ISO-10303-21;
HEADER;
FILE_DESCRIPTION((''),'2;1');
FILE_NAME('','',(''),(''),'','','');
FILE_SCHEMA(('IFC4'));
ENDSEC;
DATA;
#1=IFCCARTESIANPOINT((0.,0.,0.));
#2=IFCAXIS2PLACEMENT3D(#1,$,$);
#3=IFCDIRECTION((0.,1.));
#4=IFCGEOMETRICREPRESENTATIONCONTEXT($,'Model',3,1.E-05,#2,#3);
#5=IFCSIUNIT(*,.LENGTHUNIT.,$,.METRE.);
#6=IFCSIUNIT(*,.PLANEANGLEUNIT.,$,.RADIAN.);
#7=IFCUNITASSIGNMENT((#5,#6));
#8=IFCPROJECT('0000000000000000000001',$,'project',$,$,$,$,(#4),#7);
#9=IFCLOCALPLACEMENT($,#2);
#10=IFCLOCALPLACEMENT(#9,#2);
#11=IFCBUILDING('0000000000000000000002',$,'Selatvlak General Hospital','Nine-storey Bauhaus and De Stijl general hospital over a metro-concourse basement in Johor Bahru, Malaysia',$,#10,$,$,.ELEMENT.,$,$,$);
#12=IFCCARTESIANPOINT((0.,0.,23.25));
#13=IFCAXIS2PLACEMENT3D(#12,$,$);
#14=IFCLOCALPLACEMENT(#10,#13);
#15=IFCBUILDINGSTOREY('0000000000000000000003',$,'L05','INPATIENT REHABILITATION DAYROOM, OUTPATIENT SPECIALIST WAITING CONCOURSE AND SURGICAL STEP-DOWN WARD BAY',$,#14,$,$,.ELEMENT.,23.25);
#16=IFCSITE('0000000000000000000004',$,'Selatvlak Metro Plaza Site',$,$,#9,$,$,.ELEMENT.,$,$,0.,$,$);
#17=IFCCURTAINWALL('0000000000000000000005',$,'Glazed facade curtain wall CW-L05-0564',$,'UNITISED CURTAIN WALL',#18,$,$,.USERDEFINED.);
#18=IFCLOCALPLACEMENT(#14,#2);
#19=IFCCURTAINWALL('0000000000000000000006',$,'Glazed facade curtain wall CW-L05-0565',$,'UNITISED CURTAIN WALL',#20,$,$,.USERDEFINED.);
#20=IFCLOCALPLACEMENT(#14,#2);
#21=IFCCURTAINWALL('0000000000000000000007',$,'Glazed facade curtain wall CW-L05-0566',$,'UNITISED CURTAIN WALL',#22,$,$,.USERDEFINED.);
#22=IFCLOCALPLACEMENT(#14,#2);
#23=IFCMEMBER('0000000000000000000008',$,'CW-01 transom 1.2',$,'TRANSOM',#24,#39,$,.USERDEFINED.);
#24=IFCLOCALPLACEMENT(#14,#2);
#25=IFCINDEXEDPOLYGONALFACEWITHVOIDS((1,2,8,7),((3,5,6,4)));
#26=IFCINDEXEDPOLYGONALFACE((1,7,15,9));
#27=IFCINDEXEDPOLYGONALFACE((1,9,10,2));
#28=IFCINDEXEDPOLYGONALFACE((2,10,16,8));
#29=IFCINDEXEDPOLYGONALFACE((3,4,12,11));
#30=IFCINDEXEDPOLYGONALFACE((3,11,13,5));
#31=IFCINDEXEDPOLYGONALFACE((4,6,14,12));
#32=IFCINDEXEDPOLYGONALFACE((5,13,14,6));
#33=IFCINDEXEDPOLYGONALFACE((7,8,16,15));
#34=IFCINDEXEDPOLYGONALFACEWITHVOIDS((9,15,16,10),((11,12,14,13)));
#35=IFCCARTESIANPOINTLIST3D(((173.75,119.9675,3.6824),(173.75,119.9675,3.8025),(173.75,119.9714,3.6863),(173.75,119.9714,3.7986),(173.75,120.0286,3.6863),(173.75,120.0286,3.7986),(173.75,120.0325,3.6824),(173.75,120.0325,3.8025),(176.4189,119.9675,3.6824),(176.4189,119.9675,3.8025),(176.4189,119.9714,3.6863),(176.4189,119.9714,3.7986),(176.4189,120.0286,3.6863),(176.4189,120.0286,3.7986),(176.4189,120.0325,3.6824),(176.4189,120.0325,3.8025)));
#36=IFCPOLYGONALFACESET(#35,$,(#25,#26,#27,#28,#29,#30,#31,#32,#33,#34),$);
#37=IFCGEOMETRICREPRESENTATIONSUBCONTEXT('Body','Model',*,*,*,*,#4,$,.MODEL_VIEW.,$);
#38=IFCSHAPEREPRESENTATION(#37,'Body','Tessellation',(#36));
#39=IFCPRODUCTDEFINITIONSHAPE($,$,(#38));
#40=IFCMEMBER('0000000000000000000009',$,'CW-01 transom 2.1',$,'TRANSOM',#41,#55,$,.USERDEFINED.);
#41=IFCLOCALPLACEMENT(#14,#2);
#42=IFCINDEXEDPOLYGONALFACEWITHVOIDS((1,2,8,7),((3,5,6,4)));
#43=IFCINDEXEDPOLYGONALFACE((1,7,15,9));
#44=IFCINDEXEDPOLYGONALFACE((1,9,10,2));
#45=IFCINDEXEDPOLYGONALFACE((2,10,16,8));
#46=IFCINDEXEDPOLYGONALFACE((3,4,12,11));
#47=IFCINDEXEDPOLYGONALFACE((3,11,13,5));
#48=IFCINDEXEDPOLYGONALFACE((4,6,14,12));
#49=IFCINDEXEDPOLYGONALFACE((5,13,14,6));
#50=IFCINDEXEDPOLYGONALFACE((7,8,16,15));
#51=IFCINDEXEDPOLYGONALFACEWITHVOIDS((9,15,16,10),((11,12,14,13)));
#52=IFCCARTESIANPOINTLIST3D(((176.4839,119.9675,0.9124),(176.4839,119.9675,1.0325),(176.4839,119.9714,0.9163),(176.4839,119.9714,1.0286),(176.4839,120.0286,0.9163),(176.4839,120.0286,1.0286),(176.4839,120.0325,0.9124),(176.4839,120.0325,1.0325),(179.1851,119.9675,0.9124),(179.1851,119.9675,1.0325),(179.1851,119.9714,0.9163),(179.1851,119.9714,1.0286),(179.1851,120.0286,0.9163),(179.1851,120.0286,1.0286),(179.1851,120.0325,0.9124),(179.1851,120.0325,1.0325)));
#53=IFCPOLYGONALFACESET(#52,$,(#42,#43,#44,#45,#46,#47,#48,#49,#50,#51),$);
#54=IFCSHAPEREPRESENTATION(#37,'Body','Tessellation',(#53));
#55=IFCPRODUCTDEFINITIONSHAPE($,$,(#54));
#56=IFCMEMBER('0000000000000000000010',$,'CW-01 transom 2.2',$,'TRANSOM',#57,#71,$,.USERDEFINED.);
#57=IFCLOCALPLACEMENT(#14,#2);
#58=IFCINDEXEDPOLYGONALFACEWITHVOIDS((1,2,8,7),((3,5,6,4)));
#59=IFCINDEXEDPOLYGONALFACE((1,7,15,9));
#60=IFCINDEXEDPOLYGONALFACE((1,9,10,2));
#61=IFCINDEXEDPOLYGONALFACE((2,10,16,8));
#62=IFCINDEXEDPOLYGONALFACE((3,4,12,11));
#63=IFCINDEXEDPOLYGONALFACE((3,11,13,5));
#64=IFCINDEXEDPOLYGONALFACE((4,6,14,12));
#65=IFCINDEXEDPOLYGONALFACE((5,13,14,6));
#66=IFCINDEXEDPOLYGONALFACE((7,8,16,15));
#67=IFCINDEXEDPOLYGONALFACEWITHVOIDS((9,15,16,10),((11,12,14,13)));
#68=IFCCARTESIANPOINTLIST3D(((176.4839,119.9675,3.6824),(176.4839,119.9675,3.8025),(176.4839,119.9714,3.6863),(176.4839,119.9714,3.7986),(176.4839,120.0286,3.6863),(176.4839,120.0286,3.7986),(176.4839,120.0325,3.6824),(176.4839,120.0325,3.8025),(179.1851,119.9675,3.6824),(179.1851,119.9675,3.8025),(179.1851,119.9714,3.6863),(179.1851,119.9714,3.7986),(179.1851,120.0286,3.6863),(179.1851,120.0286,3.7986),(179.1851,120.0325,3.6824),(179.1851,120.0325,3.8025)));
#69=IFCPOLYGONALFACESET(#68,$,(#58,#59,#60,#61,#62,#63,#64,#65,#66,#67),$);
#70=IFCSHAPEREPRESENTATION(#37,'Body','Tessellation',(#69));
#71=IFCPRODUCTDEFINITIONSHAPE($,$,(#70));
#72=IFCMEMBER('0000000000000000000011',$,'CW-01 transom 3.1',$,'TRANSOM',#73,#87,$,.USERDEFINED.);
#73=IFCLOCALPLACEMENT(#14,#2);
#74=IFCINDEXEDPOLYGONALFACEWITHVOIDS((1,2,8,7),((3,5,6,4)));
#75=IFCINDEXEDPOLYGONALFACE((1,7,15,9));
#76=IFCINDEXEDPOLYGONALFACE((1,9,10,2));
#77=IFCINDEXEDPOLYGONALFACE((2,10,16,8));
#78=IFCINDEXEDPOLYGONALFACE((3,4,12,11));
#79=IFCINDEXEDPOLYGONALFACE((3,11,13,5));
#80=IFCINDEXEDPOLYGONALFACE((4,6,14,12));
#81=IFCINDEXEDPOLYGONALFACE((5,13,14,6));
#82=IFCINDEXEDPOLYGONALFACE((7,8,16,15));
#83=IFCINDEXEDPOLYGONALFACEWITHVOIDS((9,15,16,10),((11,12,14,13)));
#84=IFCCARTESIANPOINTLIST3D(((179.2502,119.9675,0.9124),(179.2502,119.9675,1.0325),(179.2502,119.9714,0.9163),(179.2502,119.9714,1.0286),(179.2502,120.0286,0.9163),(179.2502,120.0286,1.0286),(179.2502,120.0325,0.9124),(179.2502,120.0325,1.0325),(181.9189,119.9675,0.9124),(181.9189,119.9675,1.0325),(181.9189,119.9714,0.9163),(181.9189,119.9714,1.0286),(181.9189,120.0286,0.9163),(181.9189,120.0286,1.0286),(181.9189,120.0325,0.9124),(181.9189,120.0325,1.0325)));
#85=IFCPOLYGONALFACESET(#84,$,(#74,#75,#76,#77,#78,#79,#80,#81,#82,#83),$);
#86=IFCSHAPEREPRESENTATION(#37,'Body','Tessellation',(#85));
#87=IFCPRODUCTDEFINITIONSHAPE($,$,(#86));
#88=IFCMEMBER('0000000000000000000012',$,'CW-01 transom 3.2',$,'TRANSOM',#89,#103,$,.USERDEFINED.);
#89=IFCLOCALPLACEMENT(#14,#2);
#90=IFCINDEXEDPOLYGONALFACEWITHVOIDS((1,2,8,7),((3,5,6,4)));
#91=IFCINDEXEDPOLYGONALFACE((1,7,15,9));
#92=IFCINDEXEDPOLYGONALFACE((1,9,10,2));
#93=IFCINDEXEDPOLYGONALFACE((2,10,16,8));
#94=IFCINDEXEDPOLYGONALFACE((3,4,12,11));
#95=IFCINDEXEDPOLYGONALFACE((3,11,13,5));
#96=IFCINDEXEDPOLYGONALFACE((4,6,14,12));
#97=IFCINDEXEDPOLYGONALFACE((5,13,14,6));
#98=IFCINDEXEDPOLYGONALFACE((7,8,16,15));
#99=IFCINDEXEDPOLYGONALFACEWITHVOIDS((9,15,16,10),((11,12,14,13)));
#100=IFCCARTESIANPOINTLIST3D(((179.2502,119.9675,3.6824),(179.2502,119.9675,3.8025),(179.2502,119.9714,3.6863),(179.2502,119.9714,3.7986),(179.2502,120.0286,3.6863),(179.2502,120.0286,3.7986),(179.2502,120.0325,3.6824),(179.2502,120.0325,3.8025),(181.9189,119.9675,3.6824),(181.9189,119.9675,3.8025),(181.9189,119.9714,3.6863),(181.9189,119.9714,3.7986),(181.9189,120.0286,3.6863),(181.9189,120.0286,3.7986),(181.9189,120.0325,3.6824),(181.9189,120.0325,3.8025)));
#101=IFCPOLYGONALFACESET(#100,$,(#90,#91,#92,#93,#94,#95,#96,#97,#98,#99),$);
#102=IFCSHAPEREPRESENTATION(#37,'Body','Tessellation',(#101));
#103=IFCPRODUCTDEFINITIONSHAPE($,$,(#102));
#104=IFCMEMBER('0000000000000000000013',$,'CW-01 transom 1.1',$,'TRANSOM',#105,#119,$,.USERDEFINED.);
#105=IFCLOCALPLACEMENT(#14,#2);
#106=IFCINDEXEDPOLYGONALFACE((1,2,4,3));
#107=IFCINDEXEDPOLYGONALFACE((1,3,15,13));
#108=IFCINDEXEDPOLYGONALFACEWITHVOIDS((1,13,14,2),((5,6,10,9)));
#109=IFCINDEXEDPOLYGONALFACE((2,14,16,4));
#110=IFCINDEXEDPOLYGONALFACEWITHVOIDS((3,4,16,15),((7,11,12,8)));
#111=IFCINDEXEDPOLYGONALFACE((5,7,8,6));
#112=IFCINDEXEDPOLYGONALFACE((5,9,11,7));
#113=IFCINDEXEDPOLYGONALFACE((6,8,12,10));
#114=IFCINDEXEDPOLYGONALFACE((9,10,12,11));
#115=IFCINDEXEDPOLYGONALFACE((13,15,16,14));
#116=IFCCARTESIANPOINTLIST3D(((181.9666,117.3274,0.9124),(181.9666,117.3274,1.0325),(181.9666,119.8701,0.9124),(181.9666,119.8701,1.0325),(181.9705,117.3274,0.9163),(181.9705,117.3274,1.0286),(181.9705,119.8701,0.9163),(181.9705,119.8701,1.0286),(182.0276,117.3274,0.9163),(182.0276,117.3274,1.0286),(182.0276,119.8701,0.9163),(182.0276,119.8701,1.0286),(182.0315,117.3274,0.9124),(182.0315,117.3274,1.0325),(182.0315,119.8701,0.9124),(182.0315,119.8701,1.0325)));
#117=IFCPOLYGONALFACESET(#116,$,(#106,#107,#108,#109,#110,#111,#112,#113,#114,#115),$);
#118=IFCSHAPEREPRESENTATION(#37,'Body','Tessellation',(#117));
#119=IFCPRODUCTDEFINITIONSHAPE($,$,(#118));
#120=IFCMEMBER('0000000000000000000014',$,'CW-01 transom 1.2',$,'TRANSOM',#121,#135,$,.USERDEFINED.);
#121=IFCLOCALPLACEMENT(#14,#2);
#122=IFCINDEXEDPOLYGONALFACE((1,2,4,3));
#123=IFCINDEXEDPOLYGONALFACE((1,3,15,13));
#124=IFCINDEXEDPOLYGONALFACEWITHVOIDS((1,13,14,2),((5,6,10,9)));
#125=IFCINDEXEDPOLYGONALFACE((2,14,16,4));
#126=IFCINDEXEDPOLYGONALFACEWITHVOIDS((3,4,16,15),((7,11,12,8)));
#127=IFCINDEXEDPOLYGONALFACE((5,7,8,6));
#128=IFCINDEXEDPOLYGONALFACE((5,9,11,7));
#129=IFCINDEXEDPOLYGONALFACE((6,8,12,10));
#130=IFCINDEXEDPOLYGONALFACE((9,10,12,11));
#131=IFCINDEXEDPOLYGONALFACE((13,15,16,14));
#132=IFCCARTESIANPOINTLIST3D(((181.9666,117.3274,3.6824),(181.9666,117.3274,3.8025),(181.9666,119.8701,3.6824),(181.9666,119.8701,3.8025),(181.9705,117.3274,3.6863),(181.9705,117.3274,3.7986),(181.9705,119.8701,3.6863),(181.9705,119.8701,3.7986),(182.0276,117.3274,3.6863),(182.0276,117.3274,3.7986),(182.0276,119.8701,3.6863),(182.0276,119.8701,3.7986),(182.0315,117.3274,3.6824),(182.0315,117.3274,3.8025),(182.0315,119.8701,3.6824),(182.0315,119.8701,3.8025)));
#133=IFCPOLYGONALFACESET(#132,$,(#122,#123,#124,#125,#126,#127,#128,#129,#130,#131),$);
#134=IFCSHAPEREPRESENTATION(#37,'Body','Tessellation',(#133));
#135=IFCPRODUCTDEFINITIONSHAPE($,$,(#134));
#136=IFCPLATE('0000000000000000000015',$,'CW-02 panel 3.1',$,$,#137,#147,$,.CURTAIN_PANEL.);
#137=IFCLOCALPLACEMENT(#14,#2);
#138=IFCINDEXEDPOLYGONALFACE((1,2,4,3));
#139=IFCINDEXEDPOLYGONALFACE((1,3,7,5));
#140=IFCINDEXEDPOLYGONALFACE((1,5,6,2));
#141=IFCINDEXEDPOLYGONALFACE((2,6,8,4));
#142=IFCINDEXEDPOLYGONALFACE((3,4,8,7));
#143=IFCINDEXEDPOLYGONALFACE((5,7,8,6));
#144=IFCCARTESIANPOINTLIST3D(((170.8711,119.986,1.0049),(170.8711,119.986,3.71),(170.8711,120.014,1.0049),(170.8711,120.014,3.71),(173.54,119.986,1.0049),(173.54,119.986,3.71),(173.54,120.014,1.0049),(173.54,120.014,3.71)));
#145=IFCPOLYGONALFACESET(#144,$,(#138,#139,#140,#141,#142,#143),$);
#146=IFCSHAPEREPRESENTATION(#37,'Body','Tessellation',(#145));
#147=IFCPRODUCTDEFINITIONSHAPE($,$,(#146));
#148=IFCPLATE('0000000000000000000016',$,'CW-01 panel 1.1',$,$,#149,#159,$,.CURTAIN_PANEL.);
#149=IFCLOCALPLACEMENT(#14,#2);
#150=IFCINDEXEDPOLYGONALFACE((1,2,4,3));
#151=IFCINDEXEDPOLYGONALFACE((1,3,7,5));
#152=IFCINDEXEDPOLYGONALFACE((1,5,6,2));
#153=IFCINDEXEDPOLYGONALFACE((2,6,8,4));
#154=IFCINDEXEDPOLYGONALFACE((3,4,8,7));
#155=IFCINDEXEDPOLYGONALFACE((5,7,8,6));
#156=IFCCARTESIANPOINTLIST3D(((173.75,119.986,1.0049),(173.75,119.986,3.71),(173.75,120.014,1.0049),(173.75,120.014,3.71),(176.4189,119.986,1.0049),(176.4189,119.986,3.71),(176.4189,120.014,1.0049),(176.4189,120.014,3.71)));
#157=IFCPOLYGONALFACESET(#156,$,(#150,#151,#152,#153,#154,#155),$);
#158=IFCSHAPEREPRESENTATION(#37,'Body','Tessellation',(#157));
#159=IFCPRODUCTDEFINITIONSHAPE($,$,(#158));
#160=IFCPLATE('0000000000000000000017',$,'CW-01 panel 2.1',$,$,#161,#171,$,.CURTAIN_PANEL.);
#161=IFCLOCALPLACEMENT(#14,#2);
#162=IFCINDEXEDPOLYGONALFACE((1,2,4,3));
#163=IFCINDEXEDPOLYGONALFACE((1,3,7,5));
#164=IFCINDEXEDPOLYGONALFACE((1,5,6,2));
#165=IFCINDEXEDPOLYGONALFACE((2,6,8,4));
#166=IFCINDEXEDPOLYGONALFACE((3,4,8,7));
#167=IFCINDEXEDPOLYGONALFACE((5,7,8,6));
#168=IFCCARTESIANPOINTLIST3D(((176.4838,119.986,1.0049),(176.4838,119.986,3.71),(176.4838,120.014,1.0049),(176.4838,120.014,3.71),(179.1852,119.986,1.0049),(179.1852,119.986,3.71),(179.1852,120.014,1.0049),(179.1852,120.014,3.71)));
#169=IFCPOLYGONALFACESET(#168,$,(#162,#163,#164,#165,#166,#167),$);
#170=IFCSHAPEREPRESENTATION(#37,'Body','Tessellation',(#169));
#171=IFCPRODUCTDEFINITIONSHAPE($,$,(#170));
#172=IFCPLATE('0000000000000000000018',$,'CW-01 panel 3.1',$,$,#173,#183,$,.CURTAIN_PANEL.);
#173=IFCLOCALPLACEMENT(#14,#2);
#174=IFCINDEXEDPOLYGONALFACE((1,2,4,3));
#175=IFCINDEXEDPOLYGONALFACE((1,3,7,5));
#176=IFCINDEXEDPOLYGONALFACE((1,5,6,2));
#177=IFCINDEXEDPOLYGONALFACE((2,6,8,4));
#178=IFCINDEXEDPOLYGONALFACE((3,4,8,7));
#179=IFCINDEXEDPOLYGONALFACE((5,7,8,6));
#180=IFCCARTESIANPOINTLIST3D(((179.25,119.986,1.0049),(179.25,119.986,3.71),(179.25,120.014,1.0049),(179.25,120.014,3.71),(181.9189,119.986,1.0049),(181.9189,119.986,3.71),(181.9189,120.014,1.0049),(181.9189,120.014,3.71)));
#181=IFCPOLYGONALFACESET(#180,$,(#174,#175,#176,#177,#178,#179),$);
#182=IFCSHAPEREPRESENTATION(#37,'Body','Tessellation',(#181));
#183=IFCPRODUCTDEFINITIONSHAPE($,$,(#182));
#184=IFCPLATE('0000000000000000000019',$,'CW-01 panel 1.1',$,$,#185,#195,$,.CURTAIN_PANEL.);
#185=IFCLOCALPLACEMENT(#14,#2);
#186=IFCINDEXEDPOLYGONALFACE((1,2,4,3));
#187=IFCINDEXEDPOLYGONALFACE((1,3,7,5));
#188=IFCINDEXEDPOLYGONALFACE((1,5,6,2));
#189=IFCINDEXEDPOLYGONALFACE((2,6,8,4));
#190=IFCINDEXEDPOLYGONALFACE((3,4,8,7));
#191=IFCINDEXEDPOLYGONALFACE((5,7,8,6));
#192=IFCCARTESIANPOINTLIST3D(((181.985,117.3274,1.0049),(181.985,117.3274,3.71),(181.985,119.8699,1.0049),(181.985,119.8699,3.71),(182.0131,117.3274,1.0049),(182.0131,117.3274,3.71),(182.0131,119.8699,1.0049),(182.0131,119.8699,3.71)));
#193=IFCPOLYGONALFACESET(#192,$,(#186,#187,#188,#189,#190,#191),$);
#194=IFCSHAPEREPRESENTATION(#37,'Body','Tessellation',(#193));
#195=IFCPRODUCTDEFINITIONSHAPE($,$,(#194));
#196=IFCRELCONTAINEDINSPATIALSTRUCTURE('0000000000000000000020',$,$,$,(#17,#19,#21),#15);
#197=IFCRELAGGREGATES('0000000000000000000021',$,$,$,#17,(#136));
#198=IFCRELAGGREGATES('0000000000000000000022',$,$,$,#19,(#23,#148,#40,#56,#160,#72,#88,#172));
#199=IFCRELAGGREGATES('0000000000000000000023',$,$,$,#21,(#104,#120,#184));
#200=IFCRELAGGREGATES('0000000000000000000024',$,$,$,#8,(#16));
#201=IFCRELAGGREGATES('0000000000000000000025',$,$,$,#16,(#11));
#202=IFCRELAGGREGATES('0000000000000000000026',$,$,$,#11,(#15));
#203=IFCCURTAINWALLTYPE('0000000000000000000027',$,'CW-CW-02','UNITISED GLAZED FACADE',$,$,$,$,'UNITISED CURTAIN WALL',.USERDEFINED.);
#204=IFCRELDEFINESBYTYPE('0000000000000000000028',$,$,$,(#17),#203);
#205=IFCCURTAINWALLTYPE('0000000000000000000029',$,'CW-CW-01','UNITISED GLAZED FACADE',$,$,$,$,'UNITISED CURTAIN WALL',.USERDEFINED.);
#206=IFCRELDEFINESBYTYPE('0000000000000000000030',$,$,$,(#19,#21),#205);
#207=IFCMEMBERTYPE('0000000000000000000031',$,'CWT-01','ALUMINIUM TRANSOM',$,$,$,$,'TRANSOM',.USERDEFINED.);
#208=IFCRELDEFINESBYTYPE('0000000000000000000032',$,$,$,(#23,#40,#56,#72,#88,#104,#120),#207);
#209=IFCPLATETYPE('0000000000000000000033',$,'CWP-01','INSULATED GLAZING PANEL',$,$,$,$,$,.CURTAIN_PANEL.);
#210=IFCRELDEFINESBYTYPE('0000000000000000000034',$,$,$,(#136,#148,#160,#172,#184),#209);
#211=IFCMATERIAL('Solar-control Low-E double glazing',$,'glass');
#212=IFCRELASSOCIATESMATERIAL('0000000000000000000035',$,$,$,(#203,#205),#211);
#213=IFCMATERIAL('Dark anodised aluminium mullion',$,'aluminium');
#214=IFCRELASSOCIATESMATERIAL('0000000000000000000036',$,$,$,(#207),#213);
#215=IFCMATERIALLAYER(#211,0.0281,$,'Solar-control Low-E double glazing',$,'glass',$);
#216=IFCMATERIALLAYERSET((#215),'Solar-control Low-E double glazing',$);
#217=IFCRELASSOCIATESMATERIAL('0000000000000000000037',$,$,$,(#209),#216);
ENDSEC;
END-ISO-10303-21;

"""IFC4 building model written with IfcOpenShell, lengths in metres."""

from ifc_helpers import new_model, si_unit, direction, frame, origin, origin_2d, place, context, subcontext, project, spatial, rectangle, hollow_rectangle, extrude, material, layer, layer_set, material_profile, profile_set, type_object, element, aggregate, save


model = new_model("IFC4")

# Units and contexts
model_context = context("Model", 3, precision=1e-05, world=origin(), true_north=direction((0.0, 1.0)))
body_context = subcontext(model_context, "Body", "Model", "MODEL_VIEW")
ifc_project = project(units=[si_unit("LENGTHUNIT", "METRE"), si_unit("PLANEANGLEUNIT", "RADIAN")], contexts=[model_context])

# Site, building, storey
site_placement = place(None, origin())
site = spatial("IfcSite", under=ifc_project, at=site_placement, Name="Selatvlak Metro Plaza Site", CompositionType="ELEMENT", RefElevation=0.0)
building_placement = place(site_placement, origin())
building = spatial("IfcBuilding", under=site, at=building_placement, Name="Selatvlak General Hospital", Description="Nine-storey Bauhaus and De Stijl general hospital over a metro-concourse basement in Johor Bahru, Malaysia", CompositionType="ELEMENT")
storey_placement = place(building_placement, frame((0.0, 0.0, 23.25)))
storey = spatial("IfcBuildingStorey", under=building, at=storey_placement, Name="L05", Description="INPATIENT REHABILITATION DAYROOM, OUTPATIENT SPECIALIST WAITING CONCOURSE AND SURGICAL STEP-DOWN WARD BAY", CompositionType="ELEMENT", Elevation=23.25)

# Curtain wall
ifc_material_1 = material(Name="Solar-control Low-E double glazing", Category="glass")
curtain_wall_type_1 = type_object("IfcCurtainWallType", Name="CW-CW-02", Description="UNITISED GLAZED FACADE", ElementType="UNITISED CURTAIN WALL", PredefinedType="USERDEFINED", material=ifc_material_1)
curtain_wall_1_placement = place(storey_placement, origin())
curtain_wall_1 = element("IfcCurtainWall", 1, at=curtain_wall_1_placement, inside=storey, type_object=curtain_wall_type_1, Name="Glazed facade curtain wall CW-L05-0564", ObjectType="UNITISED CURTAIN WALL", PredefinedType="USERDEFINED")
ifc_material_2 = material(Name="Dark anodised aluminium mullion", Category="aluminium")

# Curtain walls
curtain_wall_type_2 = type_object("IfcCurtainWallType", Name="CW-CW-01", Description="UNITISED GLAZED FACADE", ElementType="UNITISED CURTAIN WALL", PredefinedType="USERDEFINED", material=ifc_material_1)
curtain_wall_2_placement = place(storey_placement, origin())
curtain_wall_2 = element("IfcCurtainWall", 2, at=curtain_wall_2_placement, inside=storey, type_object=curtain_wall_type_2, Name="Glazed facade curtain wall CW-L05-0565", ObjectType="UNITISED CURTAIN WALL", PredefinedType="USERDEFINED")
curtain_wall_3_placement = place(storey_placement, origin())
curtain_wall_3 = element("IfcCurtainWall", 3, at=curtain_wall_3_placement, inside=storey, type_object=curtain_wall_type_2, Name="Glazed facade curtain wall CW-L05-0566", ObjectType="UNITISED CURTAIN WALL", PredefinedType="USERDEFINED")

# Members
ifc_material_profile_1 = material_profile(ifc_material_2, hollow_rectangle(XDim=0.0649, YDim=0.1201, WallThickness=0.0039, at=origin_2d()), Name="AL-TRN 65x120x4")
ifc_profile_set_1 = profile_set([ifc_material_profile_1], Name="Dark anodised aluminium mullion")
member_type_1 = type_object("IfcMemberType", Name="CWT-01", Description="ALUMINIUM TRANSOM", ElementType="TRANSOM", PredefinedType="USERDEFINED", material=ifc_profile_set_1)
member_1_placement = place(storey_placement, frame((173.75, 120.0, 3.7424), z_axis=(1.0, 0.0, 0.0), x_axis=(0.0, 1.0, 0.0)))
member_1 = element("IfcMember", 4, at=member_1_placement, type_object=member_type_1, Name="CW-01 transom 1.2", ObjectType="TRANSOM", PredefinedType="USERDEFINED", context=body_context, shape_type="SweptSolid", body=[
    extrude(hollow_rectangle(XDim=0.0649, YDim=0.1201, WallThickness=0.0039, at=origin_2d()), origin(), (0.0, 0.0, 1.0), 2.6689),
])
member_2_placement = place(storey_placement, frame((176.4839, 120.0, 0.9724), z_axis=(1.0, 0.0, 0.0), x_axis=(0.0, 1.0, 0.0)))
member_2 = element("IfcMember", 5, at=member_2_placement, type_object=member_type_1, Name="CW-01 transom 2.1", ObjectType="TRANSOM", PredefinedType="USERDEFINED", context=body_context, shape_type="SweptSolid", body=[
    extrude(hollow_rectangle(XDim=0.0649, YDim=0.1201, WallThickness=0.0039, at=origin_2d()), origin(), (0.0, 0.0, 1.0), 2.7012),
])
member_3_placement = place(storey_placement, frame((176.4839, 120.0, 3.7424), z_axis=(1.0, 0.0, 0.0), x_axis=(0.0, 1.0, 0.0)))
member_3 = element("IfcMember", 6, at=member_3_placement, type_object=member_type_1, Name="CW-01 transom 2.2", ObjectType="TRANSOM", PredefinedType="USERDEFINED", context=body_context, shape_type="SweptSolid", body=[
    extrude(hollow_rectangle(XDim=0.0649, YDim=0.1201, WallThickness=0.0039, at=origin_2d()), origin(), (0.0, 0.0, 1.0), 2.7012),
])
member_4_placement = place(storey_placement, frame((179.2502, 120.0, 0.9724), z_axis=(1.0, 0.0, 0.0), x_axis=(0.0, 1.0, 0.0)))
member_4 = element("IfcMember", 7, at=member_4_placement, type_object=member_type_1, Name="CW-01 transom 3.1", ObjectType="TRANSOM", PredefinedType="USERDEFINED", context=body_context, shape_type="SweptSolid", body=[
    extrude(hollow_rectangle(XDim=0.0649, YDim=0.1201, WallThickness=0.0039, at=origin_2d()), origin(), (0.0, 0.0, 1.0), 2.6687),
])
member_5_placement = place(storey_placement, frame((179.2502, 120.0, 3.7424), z_axis=(1.0, 0.0, 0.0), x_axis=(0.0, 1.0, 0.0)))
member_5 = element("IfcMember", 8, at=member_5_placement, type_object=member_type_1, Name="CW-01 transom 3.2", ObjectType="TRANSOM", PredefinedType="USERDEFINED", context=body_context, shape_type="SweptSolid", body=[
    extrude(hollow_rectangle(XDim=0.0649, YDim=0.1201, WallThickness=0.0039, at=origin_2d()), origin(), (0.0, 0.0, 1.0), 2.6687),
])
member_6_placement = place(storey_placement, frame((181.999, 119.8701, 0.9724), z_axis=(0.0, -1.0, 0.0), x_axis=(1.0, 0.0, 0.0)))
member_6 = element("IfcMember", 9, at=member_6_placement, type_object=member_type_1, Name="CW-01 transom 1.1", ObjectType="TRANSOM", PredefinedType="USERDEFINED", context=body_context, shape_type="SweptSolid", body=[
    extrude(hollow_rectangle(XDim=0.0649, YDim=0.1201, WallThickness=0.0039, at=origin_2d()), origin(), (0.0, 0.0, 1.0), 2.5427),
])
member_7_placement = place(storey_placement, frame((181.999, 119.8701, 3.7424), z_axis=(0.0, -1.0, 0.0), x_axis=(1.0, 0.0, 0.0)))
member_7 = element("IfcMember", 10, at=member_7_placement, type_object=member_type_1, Name="CW-01 transom 1.2", ObjectType="TRANSOM", PredefinedType="USERDEFINED", context=body_context, shape_type="SweptSolid", body=[
    extrude(hollow_rectangle(XDim=0.0649, YDim=0.1201, WallThickness=0.0039, at=origin_2d()), origin(), (0.0, 0.0, 1.0), 2.5427),
])

# Plates
ifc_layer_1 = layer(ifc_material_1, 0.0281, Name="Solar-control Low-E double glazing", Category="glass")
ifc_layer_set_1 = layer_set([ifc_layer_1], Name="Solar-control Low-E double glazing")
plate_type = type_object("IfcPlateType", Name="CWP-01", Description="INSULATED GLAZING PANEL", PredefinedType="CURTAIN_PANEL", material=ifc_layer_set_1)
plate_1_placement = place(storey_placement, frame((172.2056, 120.0, 1.0049), z_axis=(0.0, 0.0, 1.0), x_axis=(1.0, 0.0, 0.0)))
plate_1 = element("IfcPlate", 11, at=plate_1_placement, type_object=plate_type, Name="CW-02 panel 3.1", PredefinedType="CURTAIN_PANEL", context=body_context, shape_type="SweptSolid", body=[
    extrude(rectangle(XDim=2.6689, YDim=0.0281, at=origin_2d()), origin(), (0.0, 0.0, 1.0), 2.7051),
])
aggregate(curtain_wall_1, [plate_1])
plate_2_placement = place(storey_placement, frame((175.0845, 120.0, 1.0049), z_axis=(0.0, 0.0, 1.0), x_axis=(1.0, 0.0, 0.0)))
plate_2 = element("IfcPlate", 12, at=plate_2_placement, type_object=plate_type, Name="CW-01 panel 1.1", PredefinedType="CURTAIN_PANEL", context=body_context, shape_type="SweptSolid", body=[
    extrude(rectangle(XDim=2.6689, YDim=0.0281, at=origin_2d()), origin(), (0.0, 0.0, 1.0), 2.7051),
])
plate_3_placement = place(storey_placement, frame((177.8345, 120.0, 1.0049), z_axis=(0.0, 0.0, 1.0), x_axis=(1.0, 0.0, 0.0)))
plate_3 = element("IfcPlate", 13, at=plate_3_placement, type_object=plate_type, Name="CW-01 panel 2.1", PredefinedType="CURTAIN_PANEL", context=body_context, shape_type="SweptSolid", body=[
    extrude(rectangle(XDim=2.7014, YDim=0.0281, at=origin_2d()), origin(), (0.0, 0.0, 1.0), 2.7051),
])
plate_4_placement = place(storey_placement, frame((180.5845, 120.0, 1.0049), z_axis=(0.0, 0.0, 1.0), x_axis=(1.0, 0.0, 0.0)))
plate_4 = element("IfcPlate", 14, at=plate_4_placement, type_object=plate_type, Name="CW-01 panel 3.1", PredefinedType="CURTAIN_PANEL", context=body_context, shape_type="SweptSolid", body=[
    extrude(rectangle(XDim=2.6689, YDim=0.0281, at=origin_2d()), origin(), (0.0, 0.0, 1.0), 2.7051),
])
aggregate(curtain_wall_2, [member_1, plate_2, member_2, member_3, plate_3, member_4, member_5, plate_4])
plate_5_placement = place(storey_placement, frame((181.999, 118.5986, 1.0049), z_axis=(0.0, 0.0, 1.0), x_axis=(0.0, -1.0, 0.0)))
plate_5 = element("IfcPlate", 15, at=plate_5_placement, type_object=plate_type, Name="CW-01 panel 1.1", PredefinedType="CURTAIN_PANEL", context=body_context, shape_type="SweptSolid", body=[
    extrude(rectangle(XDim=2.5425, YDim=0.0281, at=origin_2d()), origin(), (0.0, 0.0, 1.0), 2.7051),
])
aggregate(curtain_wall_3, [member_6, member_7, plate_5])

save(model, "model.ifc")
